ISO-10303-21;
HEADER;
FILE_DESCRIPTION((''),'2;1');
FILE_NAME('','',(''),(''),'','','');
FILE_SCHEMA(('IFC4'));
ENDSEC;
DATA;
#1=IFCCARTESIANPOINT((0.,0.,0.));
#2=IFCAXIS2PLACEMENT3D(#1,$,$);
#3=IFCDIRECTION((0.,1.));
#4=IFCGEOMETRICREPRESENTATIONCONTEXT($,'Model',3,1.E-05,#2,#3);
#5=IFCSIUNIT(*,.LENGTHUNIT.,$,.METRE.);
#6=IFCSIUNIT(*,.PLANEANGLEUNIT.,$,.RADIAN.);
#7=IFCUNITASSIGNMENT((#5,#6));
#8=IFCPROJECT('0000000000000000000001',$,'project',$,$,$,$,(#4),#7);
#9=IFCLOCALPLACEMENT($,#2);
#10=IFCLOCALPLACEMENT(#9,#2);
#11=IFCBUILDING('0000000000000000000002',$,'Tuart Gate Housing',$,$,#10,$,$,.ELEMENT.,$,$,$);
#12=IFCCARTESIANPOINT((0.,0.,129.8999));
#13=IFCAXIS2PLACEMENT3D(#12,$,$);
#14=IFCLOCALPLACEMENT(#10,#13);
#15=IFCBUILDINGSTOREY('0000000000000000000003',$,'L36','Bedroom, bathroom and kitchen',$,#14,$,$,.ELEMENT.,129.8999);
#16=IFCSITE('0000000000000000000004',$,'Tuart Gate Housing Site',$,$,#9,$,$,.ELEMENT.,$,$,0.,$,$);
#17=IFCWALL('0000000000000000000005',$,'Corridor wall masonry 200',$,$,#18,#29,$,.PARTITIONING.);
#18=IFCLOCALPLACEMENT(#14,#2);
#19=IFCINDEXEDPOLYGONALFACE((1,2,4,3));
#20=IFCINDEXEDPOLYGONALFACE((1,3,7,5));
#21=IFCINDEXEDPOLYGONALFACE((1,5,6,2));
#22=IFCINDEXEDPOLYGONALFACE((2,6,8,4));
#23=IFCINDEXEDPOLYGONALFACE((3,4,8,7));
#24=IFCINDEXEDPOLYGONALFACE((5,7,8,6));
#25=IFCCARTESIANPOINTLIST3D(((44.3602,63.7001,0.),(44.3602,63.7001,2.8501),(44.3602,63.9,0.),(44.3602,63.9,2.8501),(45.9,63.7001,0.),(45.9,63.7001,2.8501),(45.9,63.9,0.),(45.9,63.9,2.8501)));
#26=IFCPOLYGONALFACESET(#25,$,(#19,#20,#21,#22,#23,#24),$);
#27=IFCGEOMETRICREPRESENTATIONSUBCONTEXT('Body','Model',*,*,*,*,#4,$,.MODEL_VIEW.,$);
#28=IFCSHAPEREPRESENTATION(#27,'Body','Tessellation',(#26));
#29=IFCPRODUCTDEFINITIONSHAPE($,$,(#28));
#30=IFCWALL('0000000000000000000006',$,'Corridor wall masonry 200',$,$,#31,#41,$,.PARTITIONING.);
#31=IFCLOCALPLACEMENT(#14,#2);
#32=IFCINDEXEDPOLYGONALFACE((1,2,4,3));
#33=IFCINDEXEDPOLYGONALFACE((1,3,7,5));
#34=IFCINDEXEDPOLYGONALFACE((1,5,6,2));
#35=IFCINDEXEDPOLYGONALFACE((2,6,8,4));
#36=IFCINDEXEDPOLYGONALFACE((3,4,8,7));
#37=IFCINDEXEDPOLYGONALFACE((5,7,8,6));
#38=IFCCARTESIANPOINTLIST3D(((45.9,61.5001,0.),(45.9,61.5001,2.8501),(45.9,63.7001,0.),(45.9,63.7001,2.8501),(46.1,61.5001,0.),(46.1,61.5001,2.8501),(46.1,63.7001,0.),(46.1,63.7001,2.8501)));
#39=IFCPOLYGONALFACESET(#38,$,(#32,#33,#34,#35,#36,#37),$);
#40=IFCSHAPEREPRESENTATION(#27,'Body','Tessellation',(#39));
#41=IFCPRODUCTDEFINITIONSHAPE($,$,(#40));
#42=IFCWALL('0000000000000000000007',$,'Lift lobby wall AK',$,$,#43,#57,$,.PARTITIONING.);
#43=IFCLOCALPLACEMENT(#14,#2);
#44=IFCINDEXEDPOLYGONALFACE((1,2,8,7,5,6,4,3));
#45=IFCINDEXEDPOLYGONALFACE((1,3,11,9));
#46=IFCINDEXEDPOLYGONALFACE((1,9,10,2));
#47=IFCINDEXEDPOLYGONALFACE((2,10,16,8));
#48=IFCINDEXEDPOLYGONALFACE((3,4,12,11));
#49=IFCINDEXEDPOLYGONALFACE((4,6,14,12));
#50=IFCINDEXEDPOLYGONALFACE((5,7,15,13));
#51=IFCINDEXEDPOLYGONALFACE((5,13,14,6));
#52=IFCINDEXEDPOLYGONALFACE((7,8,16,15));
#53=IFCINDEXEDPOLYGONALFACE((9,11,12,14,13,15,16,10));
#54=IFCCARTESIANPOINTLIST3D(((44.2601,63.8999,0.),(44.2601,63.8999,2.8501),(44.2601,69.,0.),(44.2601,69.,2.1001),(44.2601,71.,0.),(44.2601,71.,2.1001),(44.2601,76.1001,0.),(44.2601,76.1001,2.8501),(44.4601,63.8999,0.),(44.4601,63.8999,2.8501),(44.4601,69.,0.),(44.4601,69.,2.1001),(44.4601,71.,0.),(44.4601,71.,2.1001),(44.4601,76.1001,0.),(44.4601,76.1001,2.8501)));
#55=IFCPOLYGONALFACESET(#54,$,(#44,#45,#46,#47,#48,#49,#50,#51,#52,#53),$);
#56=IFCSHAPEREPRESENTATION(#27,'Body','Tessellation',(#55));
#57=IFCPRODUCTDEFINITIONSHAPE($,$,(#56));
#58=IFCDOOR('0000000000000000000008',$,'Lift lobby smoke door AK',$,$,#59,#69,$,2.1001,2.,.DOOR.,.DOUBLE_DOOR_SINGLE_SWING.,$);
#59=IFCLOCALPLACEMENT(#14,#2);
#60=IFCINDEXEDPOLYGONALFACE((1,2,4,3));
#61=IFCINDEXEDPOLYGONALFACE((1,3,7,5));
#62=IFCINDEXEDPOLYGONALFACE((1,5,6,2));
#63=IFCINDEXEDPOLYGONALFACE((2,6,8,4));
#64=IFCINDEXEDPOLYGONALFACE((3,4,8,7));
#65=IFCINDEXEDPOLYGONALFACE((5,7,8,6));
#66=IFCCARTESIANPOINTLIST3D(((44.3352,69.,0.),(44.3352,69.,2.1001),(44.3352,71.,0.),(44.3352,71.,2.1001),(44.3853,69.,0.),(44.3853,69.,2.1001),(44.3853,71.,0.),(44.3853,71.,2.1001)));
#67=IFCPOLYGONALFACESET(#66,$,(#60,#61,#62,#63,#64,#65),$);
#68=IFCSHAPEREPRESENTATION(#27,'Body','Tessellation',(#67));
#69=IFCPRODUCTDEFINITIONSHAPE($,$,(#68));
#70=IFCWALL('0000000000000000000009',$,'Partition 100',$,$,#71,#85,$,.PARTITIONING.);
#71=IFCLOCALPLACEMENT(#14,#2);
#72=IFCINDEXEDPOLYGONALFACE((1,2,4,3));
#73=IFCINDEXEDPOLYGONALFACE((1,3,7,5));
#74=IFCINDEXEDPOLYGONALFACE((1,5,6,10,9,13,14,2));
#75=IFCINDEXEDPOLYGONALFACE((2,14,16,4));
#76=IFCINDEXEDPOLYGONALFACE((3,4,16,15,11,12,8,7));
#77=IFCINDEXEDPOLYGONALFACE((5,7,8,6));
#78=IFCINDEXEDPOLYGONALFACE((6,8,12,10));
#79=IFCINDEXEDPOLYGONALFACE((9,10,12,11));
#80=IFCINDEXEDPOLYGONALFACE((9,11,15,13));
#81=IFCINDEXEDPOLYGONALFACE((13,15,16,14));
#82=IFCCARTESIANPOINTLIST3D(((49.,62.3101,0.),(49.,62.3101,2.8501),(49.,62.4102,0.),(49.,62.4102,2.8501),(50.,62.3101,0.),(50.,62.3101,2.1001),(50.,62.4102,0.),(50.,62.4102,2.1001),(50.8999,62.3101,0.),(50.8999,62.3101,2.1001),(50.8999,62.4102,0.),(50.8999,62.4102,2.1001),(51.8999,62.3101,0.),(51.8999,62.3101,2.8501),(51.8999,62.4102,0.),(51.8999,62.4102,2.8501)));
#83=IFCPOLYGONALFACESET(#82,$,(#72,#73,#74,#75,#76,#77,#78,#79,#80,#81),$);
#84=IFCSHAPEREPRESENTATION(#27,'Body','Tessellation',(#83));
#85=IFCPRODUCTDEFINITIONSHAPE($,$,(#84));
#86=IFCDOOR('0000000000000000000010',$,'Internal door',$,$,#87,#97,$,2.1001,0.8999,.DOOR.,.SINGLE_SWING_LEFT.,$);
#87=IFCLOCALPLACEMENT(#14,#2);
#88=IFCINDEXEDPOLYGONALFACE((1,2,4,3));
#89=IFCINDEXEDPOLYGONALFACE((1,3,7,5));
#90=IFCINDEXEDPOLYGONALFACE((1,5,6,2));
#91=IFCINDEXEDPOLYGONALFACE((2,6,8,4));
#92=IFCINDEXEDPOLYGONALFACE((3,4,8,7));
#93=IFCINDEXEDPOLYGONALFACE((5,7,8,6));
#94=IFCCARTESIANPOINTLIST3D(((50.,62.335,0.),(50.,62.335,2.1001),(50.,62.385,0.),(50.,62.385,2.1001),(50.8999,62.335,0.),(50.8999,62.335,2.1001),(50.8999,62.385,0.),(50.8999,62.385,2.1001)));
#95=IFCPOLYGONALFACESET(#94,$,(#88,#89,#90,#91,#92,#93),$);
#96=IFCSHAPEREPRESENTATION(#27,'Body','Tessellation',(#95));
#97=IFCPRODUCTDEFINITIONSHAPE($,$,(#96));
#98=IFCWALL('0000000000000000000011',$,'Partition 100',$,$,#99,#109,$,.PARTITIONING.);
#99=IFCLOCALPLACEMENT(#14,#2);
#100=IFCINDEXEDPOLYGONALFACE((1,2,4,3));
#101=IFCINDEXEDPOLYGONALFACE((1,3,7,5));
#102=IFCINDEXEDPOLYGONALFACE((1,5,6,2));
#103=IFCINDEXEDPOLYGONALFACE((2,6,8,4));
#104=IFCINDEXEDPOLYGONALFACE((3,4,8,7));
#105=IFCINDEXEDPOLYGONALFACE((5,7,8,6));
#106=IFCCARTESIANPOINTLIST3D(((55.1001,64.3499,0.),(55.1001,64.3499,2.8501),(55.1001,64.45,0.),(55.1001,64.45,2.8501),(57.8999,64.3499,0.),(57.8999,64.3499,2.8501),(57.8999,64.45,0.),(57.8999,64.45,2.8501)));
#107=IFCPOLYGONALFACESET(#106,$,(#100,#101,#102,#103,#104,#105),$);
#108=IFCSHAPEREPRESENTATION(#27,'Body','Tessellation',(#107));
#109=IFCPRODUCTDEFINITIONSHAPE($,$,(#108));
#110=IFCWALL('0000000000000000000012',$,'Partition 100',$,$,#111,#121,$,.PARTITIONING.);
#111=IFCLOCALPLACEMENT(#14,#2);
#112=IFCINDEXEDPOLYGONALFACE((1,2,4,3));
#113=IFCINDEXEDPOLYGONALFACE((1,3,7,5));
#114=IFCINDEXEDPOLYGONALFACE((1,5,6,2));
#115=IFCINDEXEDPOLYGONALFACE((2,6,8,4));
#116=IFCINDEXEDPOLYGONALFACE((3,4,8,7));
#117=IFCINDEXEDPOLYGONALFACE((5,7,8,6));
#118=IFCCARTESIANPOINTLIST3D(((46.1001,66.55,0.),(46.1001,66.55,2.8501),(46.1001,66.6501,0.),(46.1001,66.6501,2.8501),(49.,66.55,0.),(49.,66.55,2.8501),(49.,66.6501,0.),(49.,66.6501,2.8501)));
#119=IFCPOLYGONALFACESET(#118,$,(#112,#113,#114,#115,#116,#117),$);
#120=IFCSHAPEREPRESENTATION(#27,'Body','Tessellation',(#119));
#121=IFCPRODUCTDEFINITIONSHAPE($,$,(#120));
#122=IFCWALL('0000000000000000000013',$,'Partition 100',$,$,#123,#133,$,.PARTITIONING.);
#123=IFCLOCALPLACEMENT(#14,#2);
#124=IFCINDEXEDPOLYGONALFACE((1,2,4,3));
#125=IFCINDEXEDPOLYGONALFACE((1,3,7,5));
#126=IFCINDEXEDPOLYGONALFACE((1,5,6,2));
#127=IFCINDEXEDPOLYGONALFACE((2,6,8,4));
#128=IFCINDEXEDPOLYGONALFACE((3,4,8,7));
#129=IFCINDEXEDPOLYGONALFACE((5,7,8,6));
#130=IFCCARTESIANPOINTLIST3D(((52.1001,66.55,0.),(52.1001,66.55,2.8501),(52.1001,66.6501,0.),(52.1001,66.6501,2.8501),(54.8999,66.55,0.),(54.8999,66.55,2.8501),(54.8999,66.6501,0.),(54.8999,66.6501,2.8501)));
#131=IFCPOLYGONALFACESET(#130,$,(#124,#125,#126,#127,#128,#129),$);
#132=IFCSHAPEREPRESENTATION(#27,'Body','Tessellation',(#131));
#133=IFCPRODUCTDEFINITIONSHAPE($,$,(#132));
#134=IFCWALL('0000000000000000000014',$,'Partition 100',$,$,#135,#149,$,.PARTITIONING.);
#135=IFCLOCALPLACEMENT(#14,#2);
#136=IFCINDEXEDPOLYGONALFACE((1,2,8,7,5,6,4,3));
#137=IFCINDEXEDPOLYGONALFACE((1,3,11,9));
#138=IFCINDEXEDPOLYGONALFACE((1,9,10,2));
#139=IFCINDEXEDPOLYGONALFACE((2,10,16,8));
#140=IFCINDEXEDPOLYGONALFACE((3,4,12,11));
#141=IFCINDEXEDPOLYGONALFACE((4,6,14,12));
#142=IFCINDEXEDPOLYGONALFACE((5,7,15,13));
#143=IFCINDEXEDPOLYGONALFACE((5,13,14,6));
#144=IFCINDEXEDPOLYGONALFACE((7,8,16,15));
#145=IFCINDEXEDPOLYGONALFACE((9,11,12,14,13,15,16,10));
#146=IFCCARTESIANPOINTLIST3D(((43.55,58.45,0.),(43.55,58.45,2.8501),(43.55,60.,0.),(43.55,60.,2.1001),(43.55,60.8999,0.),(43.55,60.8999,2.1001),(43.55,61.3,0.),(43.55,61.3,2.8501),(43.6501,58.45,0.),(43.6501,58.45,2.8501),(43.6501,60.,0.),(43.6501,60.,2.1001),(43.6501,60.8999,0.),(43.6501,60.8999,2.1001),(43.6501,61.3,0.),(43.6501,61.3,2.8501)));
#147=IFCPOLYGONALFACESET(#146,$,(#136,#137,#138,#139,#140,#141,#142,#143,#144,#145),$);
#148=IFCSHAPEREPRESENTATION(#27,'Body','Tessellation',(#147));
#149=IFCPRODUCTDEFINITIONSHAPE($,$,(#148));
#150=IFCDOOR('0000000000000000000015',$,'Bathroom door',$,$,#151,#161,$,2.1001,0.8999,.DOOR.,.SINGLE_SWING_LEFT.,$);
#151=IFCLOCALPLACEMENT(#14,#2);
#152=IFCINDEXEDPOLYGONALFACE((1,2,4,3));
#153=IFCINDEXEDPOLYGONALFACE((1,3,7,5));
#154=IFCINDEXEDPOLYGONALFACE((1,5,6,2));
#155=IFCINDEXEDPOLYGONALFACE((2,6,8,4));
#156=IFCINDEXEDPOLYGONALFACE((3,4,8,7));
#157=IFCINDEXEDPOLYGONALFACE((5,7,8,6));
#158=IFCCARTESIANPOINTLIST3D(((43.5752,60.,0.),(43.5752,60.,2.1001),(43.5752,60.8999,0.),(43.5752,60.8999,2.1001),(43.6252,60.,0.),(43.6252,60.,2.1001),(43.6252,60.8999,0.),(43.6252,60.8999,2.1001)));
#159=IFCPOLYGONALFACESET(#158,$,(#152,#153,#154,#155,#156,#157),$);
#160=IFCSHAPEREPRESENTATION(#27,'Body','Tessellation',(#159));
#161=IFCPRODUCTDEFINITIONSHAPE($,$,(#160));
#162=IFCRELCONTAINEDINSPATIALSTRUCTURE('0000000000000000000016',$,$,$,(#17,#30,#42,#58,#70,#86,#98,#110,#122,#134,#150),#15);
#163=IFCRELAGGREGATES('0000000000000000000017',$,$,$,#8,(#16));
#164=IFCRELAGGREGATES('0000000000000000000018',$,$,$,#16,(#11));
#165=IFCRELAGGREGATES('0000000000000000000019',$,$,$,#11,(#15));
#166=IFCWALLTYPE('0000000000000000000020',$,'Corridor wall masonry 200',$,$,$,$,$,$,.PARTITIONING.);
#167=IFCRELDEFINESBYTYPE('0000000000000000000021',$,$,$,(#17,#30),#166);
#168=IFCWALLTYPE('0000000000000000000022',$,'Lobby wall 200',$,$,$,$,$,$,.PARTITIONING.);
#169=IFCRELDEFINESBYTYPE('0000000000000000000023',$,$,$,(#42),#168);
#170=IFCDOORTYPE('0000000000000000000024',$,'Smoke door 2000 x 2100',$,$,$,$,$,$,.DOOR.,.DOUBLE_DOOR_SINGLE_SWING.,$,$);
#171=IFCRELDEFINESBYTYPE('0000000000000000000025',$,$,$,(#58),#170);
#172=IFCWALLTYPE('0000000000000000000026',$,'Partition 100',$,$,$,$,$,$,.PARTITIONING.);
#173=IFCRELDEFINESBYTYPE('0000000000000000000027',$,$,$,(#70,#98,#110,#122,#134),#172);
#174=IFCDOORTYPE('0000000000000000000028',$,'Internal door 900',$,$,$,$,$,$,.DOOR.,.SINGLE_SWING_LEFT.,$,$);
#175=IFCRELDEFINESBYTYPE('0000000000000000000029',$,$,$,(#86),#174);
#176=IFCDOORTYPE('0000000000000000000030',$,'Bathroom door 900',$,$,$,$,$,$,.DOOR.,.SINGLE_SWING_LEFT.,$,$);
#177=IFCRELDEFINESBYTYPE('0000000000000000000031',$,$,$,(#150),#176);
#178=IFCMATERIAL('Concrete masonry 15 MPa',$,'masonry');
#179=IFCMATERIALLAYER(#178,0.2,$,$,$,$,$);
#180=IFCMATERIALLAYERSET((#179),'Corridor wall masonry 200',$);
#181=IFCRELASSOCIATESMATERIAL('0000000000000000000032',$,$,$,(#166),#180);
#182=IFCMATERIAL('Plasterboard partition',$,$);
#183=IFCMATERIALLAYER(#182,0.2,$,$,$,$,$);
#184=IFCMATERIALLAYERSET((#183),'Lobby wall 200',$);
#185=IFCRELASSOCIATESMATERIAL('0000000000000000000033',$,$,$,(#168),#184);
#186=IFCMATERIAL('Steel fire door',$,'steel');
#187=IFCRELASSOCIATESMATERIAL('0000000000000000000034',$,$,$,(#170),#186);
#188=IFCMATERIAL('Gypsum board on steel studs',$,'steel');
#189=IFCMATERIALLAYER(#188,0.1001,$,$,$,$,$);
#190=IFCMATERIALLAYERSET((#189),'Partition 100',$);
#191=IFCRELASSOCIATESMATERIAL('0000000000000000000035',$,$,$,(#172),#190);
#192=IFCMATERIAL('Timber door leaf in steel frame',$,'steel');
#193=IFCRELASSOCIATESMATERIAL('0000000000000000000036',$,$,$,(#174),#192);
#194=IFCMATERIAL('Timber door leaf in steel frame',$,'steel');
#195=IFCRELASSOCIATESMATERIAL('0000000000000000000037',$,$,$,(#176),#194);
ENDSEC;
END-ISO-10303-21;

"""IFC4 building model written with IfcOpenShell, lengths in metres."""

from ifc_helpers import new_model, si_unit, direction, frame, frame_2d, origin, place, context, subcontext, project, spatial, rectangle, extrude, material, layer, layer_set, type_object, element, fill, save


model = new_model("IFC4")

# Units and contexts
model_context = context("Model", 3, precision=1e-05, world=origin(), true_north=direction((0.0, 1.0)))
body_context = subcontext(model_context, "Body", "Model", "MODEL_VIEW")
ifc_project = project(units=[si_unit("LENGTHUNIT", "METRE"), si_unit("PLANEANGLEUNIT", "RADIAN")], contexts=[model_context])

# Site, building, storey
site_placement = place(None, origin())
site = spatial("IfcSite", under=ifc_project, at=site_placement, Name="Tuart Gate Housing Site", CompositionType="ELEMENT", RefElevation=0.0)
building_placement = place(site_placement, origin())
building = spatial("IfcBuilding", under=site, at=building_placement, Name="Tuart Gate Housing", CompositionType="ELEMENT")
storey_placement = place(building_placement, frame((0.0, 0.0, 129.8999)))
storey = spatial("IfcBuildingStorey", under=building, at=storey_placement, Name="L36", Description="Bedroom, bathroom and kitchen", CompositionType="ELEMENT", Elevation=129.8999)

# Walls
ifc_material_1 = material(Name="Concrete masonry 15 MPa", Category="masonry")
ifc_layer_1 = layer(ifc_material_1, 0.2)
ifc_layer_set_1 = layer_set([ifc_layer_1], Name="Corridor wall masonry 200")
wall_type_1 = type_object("IfcWallType", Name="Corridor wall masonry 200", PredefinedType="PARTITIONING", material=ifc_layer_set_1)
wall_1_placement = place(storey_placement, frame((44.3601, 63.8, 0.0), z_axis=(0.0, 0.0, 1.0), x_axis=(1.0, 0.0, 0.0)))
element("IfcWall", 1, at=wall_1_placement, inside=storey, type_object=wall_type_1, Name="Corridor wall masonry 200", PredefinedType="PARTITIONING", context=body_context, shape_type="SweptSolid", body=[
    extrude(rectangle(XDim=1.5398, YDim=0.2, at=frame_2d((0.77, 0.0))), origin(), (0.0, 0.0, 1.0), 2.8501),
])
wall_2_placement = place(storey_placement, frame((46.0, 61.5, 0.0), z_axis=(0.0, 0.0, 1.0), x_axis=(0.0, 1.0, 0.0)))
element("IfcWall", 2, at=wall_2_placement, inside=storey, type_object=wall_type_1, Name="Corridor wall masonry 200", PredefinedType="PARTITIONING", context=body_context, shape_type="SweptSolid", body=[
    extrude(rectangle(XDim=2.2, YDim=0.2, at=frame_2d((1.1001, 0.0))), origin(), (0.0, 0.0, 1.0), 2.8501),
])

# Walls, openings, doors
ifc_material_2 = material(Name="Plasterboard partition")
ifc_layer_2 = layer(ifc_material_2, 0.2)
ifc_layer_set_2 = layer_set([ifc_layer_2], Name="Lobby wall 200")
wall_type_2 = type_object("IfcWallType", Name="Lobby wall 200", PredefinedType="PARTITIONING", material=ifc_layer_set_2)
wall_3_placement = place(storey_placement, frame((44.3601, 63.8999, 0.0), z_axis=(0.0, 0.0, 1.0), x_axis=(0.0, 1.0, 0.0)))
wall_3 = element("IfcWall", 3, at=wall_3_placement, inside=storey, type_object=wall_type_2, Name="Lift lobby wall AK", PredefinedType="PARTITIONING", context=body_context, shape_type="SweptSolid", body=[
    extrude(rectangle(XDim=12.2002, YDim=0.2, at=frame_2d((6.1001, 0.0))), origin(), (0.0, 0.0, 1.0), 2.8501),
])
opening_1_placement = place(wall_3_placement, frame((5.1001, 0.0, 0.0)))
opening_1 = element("IfcOpeningElement", 4, at=opening_1_placement, cuts=wall_3, PredefinedType="OPENING", context=body_context, shape_type="SweptSolid", body=[
    extrude(rectangle(XDim=2.0, YDim=2.1001, at=frame_2d((1.0, 1.05))), frame((0.0, 0.1099, 0.0), z_axis=(0.0, -1.0, 0.0), x_axis=(1.0, 0.0, 0.0)), (0.0, 0.0, 1.0), 0.22),
])
ifc_material_3 = material(Name="Steel fire door", Category="steel")
door_type_1 = type_object("IfcDoorType", Name="Smoke door 2000 x 2100", OperationType="DOUBLE_DOOR_SINGLE_SWING", PredefinedType="DOOR", material=ifc_material_3)
door_1_placement = place(opening_1_placement, origin())
door_1 = element("IfcDoor", 5, at=door_1_placement, inside=storey, type_object=door_type_1, Name="Lift lobby smoke door AK", OperationType="DOUBLE_DOOR_SINGLE_SWING", OverallHeight=2.1001, OverallWidth=2.0, PredefinedType="DOOR", context=body_context, shape_type="SweptSolid", body=[
    extrude(rectangle(XDim=2.0, YDim=2.1001, at=frame_2d((1.0, 1.05))), frame((0.0, 0.0249, 0.0), z_axis=(0.0, -1.0, 0.0), x_axis=(1.0, 0.0, 0.0)), (0.0, 0.0, 1.0), 0.05),
])
fill(opening_1, door_1)
ifc_material_4 = material(Name="Gypsum board on steel studs", Category="steel")
ifc_layer_3 = layer(ifc_material_4, 0.1001)
ifc_layer_set_3 = layer_set([ifc_layer_3], Name="Partition 100")
wall_type_3 = type_object("IfcWallType", Name="Partition 100", PredefinedType="PARTITIONING", material=ifc_layer_set_3)
wall_4_placement = place(storey_placement, frame((49.0, 62.3601, 0.0), z_axis=(0.0, 0.0, 1.0), x_axis=(1.0, 0.0, 0.0)))
wall_4 = element("IfcWall", 6, at=wall_4_placement, inside=storey, type_object=wall_type_3, Name="Partition 100", PredefinedType="PARTITIONING", context=body_context, shape_type="SweptSolid", body=[
    extrude(rectangle(XDim=2.8999, YDim=0.1001, at=frame_2d((1.45, 0.0))), origin(), (0.0, 0.0, 1.0), 2.8501),
])
opening_2_placement = place(wall_4_placement, frame((1.0, 0.0, 0.0)))
opening_2 = element("IfcOpeningElement", 7, at=opening_2_placement, cuts=wall_4, PredefinedType="OPENING", context=body_context, shape_type="SweptSolid", body=[
    extrude(rectangle(XDim=0.8999, YDim=2.1001, at=frame_2d((0.45, 1.05))), frame((0.0, 0.0601, 0.0), z_axis=(0.0, -1.0, 0.0), x_axis=(1.0, 0.0, 0.0)), (0.0, 0.0, 1.0), 0.1201),
])
ifc_material_5 = material(Name="Timber door leaf in steel frame", Category="steel")
door_type_2 = type_object("IfcDoorType", Name="Internal door 900", OperationType="SINGLE_SWING_LEFT", PredefinedType="DOOR", material=ifc_material_5)
door_2_placement = place(opening_2_placement, origin())
door_2 = element("IfcDoor", 8, at=door_2_placement, inside=storey, type_object=door_type_2, Name="Internal door", OperationType="SINGLE_SWING_LEFT", OverallHeight=2.1001, OverallWidth=0.8999, PredefinedType="DOOR", context=body_context, shape_type="SweptSolid", body=[
    extrude(rectangle(XDim=0.8999, YDim=2.1001, at=frame_2d((0.45, 1.05))), frame((0.0, 0.0249, 0.0), z_axis=(0.0, -1.0, 0.0), x_axis=(1.0, 0.0, 0.0)), (0.0, 0.0, 1.0), 0.05),
])
fill(opening_2, door_2)

# Walls
wall_5_placement = place(storey_placement, frame((55.1001, 64.3999, 0.0), z_axis=(0.0, 0.0, 1.0), x_axis=(1.0, 0.0, 0.0)))
element("IfcWall", 9, at=wall_5_placement, inside=storey, type_object=wall_type_3, Name="Partition 100", PredefinedType="PARTITIONING", context=body_context, shape_type="SweptSolid", body=[
    extrude(rectangle(XDim=2.7998, YDim=0.1001, at=frame_2d((1.3999, 0.0))), origin(), (0.0, 0.0, 1.0), 2.8501),
])
wall_6_placement = place(storey_placement, frame((46.1001, 66.6001, 0.0), z_axis=(0.0, 0.0, 1.0), x_axis=(1.0, 0.0, 0.0)))
element("IfcWall", 10, at=wall_6_placement, inside=storey, type_object=wall_type_3, Name="Partition 100", PredefinedType="PARTITIONING", context=body_context, shape_type="SweptSolid", body=[
    extrude(rectangle(XDim=2.8999, YDim=0.1001, at=frame_2d((1.45, 0.0))), origin(), (0.0, 0.0, 1.0), 2.8501),
])
wall_7_placement = place(storey_placement, frame((52.1001, 66.6001, 0.0), z_axis=(0.0, 0.0, 1.0), x_axis=(1.0, 0.0, 0.0)))
element("IfcWall", 11, at=wall_7_placement, inside=storey, type_object=wall_type_3, Name="Partition 100", PredefinedType="PARTITIONING", context=body_context, shape_type="SweptSolid", body=[
    extrude(rectangle(XDim=2.7998, YDim=0.1001, at=frame_2d((1.3999, 0.0))), origin(), (0.0, 0.0, 1.0), 2.8501),
])

# Wall, opening, door
wall_8_placement = place(storey_placement, frame((43.6001, 58.45, 0.0), z_axis=(0.0, 0.0, 1.0), x_axis=(0.0, 1.0, 0.0)))
wall_8 = element("IfcWall", 12, at=wall_8_placement, inside=storey, type_object=wall_type_3, Name="Partition 100", PredefinedType="PARTITIONING", context=body_context, shape_type="SweptSolid", body=[
    extrude(rectangle(XDim=2.8501, YDim=0.1001, at=frame_2d((1.425, 0.0))), origin(), (0.0, 0.0, 1.0), 2.8501),
])
opening_3_placement = place(wall_8_placement, frame((1.55, 0.0, 0.0)))
opening_3 = element("IfcOpeningElement", 13, at=opening_3_placement, cuts=wall_8, PredefinedType="OPENING", context=body_context, shape_type="SweptSolid", body=[
    extrude(rectangle(XDim=0.8999, YDim=2.1001, at=frame_2d((0.45, 1.05))), frame((0.0, 0.0601, 0.0), z_axis=(0.0, -1.0, 0.0), x_axis=(1.0, 0.0, 0.0)), (0.0, 0.0, 1.0), 0.1201),
])
ifc_material_6 = material(Name="Timber door leaf in steel frame", Category="steel")
door_type_3 = type_object("IfcDoorType", Name="Bathroom door 900", OperationType="SINGLE_SWING_LEFT", PredefinedType="DOOR", material=ifc_material_6)
door_3_placement = place(opening_3_placement, frame((0.8999, 0.0, 0.0), z_axis=(0.0, 0.0, 1.0), x_axis=(-1.0, 0.0, 0.0)))
door_3 = element("IfcDoor", 14, at=door_3_placement, inside=storey, type_object=door_type_3, Name="Bathroom door", OperationType="SINGLE_SWING_LEFT", OverallHeight=2.1001, OverallWidth=0.8999, PredefinedType="DOOR", context=body_context, shape_type="SweptSolid", body=[
    extrude(rectangle(XDim=0.8999, YDim=2.1001, at=frame_2d((0.45, 1.05))), frame((0.0, 0.0251, 0.0), z_axis=(0.0, -1.0, 0.0), x_axis=(1.0, 0.0, 0.0)), (0.0, 0.0, 1.0), 0.05),
])
fill(opening_3, door_3)

save(model, "model.ifc")
